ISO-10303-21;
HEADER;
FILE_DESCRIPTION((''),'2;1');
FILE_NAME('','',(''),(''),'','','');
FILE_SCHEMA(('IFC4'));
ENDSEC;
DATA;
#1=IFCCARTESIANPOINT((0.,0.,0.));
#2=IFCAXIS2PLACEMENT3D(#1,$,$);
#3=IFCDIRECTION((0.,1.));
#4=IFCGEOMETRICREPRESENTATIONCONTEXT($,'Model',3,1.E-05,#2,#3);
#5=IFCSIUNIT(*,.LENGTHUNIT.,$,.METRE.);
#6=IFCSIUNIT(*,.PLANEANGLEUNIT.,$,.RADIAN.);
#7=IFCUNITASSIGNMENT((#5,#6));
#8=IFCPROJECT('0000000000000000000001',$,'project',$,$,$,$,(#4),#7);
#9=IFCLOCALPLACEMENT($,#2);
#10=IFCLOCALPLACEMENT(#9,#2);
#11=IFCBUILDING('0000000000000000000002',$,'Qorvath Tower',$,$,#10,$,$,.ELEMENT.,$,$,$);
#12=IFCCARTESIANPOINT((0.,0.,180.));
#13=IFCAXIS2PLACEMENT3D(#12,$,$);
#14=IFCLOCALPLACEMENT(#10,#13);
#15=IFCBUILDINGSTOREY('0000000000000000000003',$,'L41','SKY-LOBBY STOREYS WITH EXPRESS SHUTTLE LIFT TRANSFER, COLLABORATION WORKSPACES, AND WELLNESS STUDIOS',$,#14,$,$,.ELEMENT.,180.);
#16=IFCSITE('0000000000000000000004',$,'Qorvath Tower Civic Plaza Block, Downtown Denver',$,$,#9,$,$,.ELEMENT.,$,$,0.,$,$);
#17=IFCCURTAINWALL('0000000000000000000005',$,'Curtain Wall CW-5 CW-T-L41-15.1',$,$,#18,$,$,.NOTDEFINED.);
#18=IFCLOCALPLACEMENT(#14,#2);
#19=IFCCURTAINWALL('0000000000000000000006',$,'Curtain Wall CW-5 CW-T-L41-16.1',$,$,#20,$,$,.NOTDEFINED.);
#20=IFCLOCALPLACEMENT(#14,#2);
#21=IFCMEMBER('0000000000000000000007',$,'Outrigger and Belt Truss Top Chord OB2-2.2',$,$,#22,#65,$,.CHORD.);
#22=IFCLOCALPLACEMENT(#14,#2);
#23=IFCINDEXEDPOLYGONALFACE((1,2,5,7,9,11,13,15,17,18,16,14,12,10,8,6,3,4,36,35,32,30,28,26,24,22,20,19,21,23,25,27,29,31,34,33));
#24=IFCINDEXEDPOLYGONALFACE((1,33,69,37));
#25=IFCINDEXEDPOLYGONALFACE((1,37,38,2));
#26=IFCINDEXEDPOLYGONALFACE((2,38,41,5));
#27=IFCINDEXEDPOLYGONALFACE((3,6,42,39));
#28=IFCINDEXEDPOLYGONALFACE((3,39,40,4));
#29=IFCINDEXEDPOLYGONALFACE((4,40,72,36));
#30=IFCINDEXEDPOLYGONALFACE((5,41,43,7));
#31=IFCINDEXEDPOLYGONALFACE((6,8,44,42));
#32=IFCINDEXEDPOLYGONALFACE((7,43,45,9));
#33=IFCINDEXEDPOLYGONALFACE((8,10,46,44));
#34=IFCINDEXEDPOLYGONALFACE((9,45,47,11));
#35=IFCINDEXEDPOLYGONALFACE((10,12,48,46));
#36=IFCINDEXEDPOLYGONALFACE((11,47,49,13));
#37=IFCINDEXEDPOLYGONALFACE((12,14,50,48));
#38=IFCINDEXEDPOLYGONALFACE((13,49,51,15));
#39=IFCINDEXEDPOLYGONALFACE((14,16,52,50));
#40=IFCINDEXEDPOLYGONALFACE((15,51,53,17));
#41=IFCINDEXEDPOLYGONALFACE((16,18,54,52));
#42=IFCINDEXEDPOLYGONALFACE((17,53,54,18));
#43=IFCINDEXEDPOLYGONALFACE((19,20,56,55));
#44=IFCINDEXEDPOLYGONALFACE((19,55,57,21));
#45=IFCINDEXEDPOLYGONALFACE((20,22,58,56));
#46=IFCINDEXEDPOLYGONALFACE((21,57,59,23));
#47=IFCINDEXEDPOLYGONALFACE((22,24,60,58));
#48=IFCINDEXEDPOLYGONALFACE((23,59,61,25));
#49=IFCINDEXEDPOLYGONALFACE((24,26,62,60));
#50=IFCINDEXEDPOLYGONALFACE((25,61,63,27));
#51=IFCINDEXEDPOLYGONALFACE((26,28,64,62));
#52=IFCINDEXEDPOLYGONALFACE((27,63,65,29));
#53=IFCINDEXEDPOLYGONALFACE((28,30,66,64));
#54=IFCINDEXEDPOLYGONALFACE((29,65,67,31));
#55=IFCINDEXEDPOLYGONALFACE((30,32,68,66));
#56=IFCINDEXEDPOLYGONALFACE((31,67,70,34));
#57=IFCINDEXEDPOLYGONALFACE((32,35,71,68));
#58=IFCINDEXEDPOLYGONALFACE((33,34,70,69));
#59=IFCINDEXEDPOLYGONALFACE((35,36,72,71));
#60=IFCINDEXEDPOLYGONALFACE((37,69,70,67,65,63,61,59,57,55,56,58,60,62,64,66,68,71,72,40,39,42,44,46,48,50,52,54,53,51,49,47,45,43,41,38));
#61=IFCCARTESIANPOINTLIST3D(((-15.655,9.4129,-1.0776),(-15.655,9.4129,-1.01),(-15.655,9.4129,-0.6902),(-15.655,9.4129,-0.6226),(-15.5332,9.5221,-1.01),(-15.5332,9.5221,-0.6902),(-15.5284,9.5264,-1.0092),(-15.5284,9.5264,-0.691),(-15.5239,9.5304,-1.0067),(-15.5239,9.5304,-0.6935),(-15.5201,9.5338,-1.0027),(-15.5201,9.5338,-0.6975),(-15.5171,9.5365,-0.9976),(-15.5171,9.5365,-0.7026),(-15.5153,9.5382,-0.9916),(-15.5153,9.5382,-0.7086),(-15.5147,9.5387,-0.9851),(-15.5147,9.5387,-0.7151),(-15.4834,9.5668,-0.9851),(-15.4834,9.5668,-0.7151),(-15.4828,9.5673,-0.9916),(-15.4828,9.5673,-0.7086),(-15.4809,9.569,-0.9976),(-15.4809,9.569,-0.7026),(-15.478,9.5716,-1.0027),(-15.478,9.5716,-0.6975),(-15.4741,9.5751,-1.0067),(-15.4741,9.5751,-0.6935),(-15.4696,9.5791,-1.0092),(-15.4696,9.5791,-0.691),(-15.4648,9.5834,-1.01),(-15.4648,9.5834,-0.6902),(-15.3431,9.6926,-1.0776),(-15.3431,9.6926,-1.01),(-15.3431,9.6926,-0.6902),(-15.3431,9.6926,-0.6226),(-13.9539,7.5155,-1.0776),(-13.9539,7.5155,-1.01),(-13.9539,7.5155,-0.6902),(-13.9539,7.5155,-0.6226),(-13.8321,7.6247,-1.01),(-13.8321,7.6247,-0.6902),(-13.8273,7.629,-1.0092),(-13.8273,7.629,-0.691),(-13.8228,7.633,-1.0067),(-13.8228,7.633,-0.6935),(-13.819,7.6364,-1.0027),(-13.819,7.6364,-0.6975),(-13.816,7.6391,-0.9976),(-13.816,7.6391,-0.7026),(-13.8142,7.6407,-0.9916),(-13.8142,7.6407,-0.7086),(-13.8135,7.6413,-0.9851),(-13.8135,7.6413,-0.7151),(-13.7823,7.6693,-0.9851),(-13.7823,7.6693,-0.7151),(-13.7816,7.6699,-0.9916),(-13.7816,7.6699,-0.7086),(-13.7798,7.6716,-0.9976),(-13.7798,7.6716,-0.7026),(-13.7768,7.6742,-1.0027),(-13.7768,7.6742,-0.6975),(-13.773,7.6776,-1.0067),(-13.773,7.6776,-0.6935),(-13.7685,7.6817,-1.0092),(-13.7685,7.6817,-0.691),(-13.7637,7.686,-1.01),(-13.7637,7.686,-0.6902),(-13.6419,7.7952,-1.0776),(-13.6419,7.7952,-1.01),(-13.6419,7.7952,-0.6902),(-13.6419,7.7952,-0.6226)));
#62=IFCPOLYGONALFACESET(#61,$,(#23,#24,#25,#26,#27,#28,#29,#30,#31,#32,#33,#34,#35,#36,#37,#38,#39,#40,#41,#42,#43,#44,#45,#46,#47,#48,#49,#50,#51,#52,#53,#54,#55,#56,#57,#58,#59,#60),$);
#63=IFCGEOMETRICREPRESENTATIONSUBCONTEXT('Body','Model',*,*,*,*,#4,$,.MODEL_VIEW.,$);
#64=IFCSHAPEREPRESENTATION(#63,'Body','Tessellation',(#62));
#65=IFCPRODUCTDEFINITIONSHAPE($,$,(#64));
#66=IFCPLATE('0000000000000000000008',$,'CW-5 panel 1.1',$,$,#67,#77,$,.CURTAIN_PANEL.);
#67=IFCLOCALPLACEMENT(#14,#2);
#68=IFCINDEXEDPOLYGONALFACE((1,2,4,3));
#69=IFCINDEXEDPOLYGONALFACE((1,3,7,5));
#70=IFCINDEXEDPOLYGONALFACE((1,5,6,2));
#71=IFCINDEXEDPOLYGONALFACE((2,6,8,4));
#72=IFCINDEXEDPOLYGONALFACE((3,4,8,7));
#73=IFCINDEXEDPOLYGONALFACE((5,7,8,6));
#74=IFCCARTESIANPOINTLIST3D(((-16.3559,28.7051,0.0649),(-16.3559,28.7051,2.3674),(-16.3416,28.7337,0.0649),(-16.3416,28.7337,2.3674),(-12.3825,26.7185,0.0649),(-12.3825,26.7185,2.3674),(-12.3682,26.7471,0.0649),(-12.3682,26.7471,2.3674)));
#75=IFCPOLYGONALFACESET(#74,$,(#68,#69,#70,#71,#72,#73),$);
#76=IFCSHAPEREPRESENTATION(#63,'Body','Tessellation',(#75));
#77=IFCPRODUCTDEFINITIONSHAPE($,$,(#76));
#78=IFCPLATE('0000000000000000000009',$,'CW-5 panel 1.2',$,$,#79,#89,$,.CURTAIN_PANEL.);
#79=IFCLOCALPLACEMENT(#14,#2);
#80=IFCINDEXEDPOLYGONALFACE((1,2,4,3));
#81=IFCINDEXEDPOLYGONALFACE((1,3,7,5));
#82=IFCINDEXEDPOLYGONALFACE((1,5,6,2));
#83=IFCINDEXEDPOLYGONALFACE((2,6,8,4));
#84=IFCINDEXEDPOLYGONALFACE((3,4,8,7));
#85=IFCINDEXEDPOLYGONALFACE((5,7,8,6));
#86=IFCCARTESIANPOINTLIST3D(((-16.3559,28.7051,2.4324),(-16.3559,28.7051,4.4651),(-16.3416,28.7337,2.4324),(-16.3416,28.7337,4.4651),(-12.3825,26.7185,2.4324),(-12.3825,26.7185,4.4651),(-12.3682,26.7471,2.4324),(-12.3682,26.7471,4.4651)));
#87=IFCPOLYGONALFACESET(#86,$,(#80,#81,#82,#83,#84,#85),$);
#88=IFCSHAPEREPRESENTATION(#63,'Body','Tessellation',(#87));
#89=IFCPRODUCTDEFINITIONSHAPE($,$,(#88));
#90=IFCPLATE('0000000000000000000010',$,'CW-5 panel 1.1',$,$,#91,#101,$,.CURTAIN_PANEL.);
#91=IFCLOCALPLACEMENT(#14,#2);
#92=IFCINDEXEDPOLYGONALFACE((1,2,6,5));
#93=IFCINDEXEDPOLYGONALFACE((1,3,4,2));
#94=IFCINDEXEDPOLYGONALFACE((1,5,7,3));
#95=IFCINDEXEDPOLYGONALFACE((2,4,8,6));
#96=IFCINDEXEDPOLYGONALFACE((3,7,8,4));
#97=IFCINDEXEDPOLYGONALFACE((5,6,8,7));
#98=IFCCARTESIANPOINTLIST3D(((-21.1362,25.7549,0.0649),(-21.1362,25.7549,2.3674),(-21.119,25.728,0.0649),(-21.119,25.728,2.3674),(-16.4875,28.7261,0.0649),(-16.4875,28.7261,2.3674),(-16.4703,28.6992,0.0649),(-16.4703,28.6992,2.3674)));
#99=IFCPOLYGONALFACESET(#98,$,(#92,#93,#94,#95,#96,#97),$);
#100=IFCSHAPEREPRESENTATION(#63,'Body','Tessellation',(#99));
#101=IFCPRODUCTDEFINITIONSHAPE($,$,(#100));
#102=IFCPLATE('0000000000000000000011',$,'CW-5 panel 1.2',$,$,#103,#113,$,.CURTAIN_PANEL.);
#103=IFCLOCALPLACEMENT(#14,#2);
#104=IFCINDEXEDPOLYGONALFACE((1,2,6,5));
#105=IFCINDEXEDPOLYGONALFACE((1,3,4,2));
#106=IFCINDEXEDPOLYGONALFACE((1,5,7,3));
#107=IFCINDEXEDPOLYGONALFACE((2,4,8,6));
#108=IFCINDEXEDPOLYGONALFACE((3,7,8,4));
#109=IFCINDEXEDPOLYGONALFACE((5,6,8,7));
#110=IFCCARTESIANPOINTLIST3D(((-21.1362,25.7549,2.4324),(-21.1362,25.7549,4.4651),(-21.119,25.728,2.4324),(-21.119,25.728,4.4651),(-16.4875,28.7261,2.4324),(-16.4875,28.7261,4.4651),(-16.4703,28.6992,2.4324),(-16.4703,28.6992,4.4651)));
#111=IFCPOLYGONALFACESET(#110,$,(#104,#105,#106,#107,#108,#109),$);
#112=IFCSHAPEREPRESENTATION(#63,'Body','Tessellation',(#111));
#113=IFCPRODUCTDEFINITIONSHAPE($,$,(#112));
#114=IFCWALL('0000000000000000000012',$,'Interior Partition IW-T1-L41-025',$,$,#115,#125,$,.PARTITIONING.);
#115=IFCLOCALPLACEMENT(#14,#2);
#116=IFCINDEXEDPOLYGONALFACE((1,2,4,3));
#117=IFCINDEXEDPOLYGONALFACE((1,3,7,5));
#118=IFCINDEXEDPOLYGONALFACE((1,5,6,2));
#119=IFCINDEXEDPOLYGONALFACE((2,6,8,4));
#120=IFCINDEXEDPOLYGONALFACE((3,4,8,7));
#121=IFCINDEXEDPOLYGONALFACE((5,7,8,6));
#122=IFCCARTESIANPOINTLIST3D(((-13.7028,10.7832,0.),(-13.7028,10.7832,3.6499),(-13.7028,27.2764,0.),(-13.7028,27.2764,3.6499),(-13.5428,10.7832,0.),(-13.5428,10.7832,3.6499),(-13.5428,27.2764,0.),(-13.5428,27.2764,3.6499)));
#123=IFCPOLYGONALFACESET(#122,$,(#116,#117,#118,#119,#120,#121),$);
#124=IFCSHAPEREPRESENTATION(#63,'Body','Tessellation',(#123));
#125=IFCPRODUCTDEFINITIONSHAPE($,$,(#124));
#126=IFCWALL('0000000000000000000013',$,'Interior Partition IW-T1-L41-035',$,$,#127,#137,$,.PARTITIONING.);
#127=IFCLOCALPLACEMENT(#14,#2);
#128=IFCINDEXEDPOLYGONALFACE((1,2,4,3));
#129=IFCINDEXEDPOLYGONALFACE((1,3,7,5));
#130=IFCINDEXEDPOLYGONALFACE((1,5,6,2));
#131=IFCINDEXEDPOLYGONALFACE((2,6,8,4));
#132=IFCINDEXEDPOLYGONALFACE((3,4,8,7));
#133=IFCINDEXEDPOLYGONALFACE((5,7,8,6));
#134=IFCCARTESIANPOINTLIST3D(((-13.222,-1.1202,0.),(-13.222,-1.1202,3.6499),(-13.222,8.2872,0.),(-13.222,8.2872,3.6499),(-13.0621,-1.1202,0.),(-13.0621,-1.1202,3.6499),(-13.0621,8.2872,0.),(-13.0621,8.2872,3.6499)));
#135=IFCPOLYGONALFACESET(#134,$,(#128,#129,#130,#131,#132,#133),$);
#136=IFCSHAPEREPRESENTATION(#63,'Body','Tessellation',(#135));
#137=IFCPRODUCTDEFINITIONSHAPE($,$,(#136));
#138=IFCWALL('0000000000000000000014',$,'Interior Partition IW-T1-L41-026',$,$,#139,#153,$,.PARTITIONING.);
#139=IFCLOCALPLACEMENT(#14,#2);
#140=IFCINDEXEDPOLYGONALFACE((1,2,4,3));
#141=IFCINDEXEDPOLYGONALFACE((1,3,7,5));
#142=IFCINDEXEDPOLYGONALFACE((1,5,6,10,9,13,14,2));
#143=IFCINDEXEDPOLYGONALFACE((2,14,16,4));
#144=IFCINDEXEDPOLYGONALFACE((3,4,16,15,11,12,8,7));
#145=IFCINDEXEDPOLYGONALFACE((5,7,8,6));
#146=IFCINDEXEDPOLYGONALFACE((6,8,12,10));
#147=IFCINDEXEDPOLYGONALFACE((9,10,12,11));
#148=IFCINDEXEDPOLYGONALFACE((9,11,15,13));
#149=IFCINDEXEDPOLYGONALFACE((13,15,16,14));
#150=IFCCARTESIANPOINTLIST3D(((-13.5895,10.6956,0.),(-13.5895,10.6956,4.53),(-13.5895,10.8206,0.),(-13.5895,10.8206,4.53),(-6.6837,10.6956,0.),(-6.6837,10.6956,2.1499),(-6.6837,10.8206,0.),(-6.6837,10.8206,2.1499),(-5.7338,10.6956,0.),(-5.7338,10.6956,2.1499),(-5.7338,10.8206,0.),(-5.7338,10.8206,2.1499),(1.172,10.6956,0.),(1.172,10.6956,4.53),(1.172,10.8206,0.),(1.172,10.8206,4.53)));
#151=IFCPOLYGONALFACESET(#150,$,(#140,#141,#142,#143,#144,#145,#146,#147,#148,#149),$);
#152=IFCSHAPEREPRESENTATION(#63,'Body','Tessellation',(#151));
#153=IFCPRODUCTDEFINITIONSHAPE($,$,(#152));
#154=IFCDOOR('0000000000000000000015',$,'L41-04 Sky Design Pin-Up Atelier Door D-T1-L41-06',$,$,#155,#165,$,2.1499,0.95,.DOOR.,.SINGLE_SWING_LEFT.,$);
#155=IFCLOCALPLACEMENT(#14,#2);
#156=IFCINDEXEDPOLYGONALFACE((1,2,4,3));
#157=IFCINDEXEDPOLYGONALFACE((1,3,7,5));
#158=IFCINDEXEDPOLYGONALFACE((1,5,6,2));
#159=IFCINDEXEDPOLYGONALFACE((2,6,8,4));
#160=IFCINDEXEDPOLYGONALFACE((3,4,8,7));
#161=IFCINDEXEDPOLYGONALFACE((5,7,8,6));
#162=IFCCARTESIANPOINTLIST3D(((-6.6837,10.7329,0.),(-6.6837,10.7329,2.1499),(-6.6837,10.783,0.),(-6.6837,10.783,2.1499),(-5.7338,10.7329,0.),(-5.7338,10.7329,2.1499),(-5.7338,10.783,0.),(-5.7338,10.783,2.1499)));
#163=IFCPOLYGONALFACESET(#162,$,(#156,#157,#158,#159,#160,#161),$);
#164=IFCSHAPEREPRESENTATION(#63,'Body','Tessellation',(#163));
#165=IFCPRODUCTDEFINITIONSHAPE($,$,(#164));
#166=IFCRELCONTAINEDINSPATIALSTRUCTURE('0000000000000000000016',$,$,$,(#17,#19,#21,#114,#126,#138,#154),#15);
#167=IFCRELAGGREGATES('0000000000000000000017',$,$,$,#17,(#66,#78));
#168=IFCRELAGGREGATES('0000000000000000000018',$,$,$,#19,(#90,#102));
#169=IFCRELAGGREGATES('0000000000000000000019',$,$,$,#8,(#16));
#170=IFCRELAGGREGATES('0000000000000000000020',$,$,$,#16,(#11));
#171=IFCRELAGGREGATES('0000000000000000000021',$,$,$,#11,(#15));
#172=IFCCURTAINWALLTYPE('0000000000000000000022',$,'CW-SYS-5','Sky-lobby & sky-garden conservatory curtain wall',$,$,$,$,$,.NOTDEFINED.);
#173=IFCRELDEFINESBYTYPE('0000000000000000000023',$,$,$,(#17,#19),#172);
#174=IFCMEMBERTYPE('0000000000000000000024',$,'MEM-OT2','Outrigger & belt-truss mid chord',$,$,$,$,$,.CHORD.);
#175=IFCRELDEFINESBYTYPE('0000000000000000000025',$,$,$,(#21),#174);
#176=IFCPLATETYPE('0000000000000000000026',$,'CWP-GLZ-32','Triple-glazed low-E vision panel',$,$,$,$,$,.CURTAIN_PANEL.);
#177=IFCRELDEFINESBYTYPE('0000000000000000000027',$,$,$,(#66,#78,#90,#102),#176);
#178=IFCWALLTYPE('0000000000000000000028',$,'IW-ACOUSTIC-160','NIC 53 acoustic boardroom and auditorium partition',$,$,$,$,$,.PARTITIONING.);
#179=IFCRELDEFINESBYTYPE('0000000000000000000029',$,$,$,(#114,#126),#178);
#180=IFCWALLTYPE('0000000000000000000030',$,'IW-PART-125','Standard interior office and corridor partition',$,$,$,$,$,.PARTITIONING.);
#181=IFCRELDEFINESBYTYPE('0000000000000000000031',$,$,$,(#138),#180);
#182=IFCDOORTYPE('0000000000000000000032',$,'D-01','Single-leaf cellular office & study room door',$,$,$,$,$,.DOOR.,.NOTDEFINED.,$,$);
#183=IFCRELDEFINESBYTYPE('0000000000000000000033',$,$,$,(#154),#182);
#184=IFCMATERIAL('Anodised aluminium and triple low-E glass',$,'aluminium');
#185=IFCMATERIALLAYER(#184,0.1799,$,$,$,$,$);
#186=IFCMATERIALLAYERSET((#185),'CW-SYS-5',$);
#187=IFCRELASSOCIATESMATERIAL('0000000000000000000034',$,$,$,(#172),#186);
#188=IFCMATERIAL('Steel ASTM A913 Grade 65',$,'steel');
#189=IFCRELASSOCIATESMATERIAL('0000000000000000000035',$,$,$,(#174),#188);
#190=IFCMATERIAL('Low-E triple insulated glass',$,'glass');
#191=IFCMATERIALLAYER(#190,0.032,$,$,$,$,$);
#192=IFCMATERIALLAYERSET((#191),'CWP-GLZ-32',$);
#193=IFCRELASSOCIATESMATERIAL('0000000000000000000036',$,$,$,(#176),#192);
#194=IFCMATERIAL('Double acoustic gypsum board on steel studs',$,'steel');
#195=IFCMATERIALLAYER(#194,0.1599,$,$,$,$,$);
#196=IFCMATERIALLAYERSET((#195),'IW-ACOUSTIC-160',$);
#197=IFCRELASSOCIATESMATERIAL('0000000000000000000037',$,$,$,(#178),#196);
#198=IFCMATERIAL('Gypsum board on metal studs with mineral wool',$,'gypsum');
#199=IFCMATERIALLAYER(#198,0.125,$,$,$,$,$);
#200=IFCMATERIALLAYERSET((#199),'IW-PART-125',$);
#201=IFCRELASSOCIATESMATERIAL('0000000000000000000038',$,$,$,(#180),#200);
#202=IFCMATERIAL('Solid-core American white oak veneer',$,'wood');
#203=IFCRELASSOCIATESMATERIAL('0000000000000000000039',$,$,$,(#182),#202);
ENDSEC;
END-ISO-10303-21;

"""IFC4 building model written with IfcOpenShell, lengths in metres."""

from ifc_helpers import new_model, si_unit, direction, frame, frame_2d, origin, origin_2d, place, context, subcontext, project, spatial, rectangle, i_section, extrude, material, layer, layer_set, material_profile, profile_set, type_object, element, fill, aggregate, save


model = new_model("IFC4")

# Units and contexts
model_context = context("Model", 3, precision=1e-05, world=origin(), true_north=direction((0.0, 1.0)))
body_context = subcontext(model_context, "Body", "Model", "MODEL_VIEW")
ifc_project = project(units=[si_unit("LENGTHUNIT", "METRE"), si_unit("PLANEANGLEUNIT", "RADIAN")], contexts=[model_context])

# Site, building, storey
site_placement = place(None, origin())
site = spatial("IfcSite", under=ifc_project, at=site_placement, Name="Qorvath Tower Civic Plaza Block, Downtown Denver", CompositionType="ELEMENT", RefElevation=0.0)
building_placement = place(site_placement, origin())
building = spatial("IfcBuilding", under=site, at=building_placement, Name="Qorvath Tower", CompositionType="ELEMENT")
storey_placement = place(building_placement, frame((0.0, 0.0, 180.0)))
storey = spatial("IfcBuildingStorey", under=building, at=storey_placement, Name="L41", Description="SKY-LOBBY STOREYS WITH EXPRESS SHUTTLE LIFT TRANSFER, COLLABORATION WORKSPACES, AND WELLNESS STUDIOS", CompositionType="ELEMENT", Elevation=180.0)

# Shared definitions
ifc_material_1 = material(Name="Anodised aluminium and triple low-E glass", Category="aluminium")
ifc_layer_1 = layer(ifc_material_1, 0.1799)
ifc_layer_set_1 = layer_set([ifc_layer_1], Name="CW-SYS-5")
curtain_wall_type = type_object("IfcCurtainWallType", Name="CW-SYS-5", Description="Sky-lobby & sky-garden conservatory curtain wall", PredefinedType="NOTDEFINED", material=ifc_layer_set_1)

# Curtain wall
curtain_wall_1_placement = place(storey_placement, origin())
curtain_wall_1 = element("IfcCurtainWall", 1, at=curtain_wall_1_placement, inside=storey, type_object=curtain_wall_type, Name="Curtain Wall CW-5 CW-T-L41-15.1", PredefinedType="NOTDEFINED")

# Curtain wall
curtain_wall_2_placement = place(storey_placement, origin())
curtain_wall_2 = element("IfcCurtainWall", 2, at=curtain_wall_2_placement, inside=storey, type_object=curtain_wall_type, Name="Curtain Wall CW-5 CW-T-L41-16.1", PredefinedType="NOTDEFINED")

# Member
ifc_material_2 = material(Name="Steel ASTM A913 Grade 65", Category="steel")
ifc_material_profile_1 = material_profile(ifc_material_2, i_section(OverallWidth=0.4189, OverallDepth=0.4551, WebThickness=0.042, FlangeThickness=0.0676, FilletRadius=0.0249, at=origin_2d()), Name="W14x370")
ifc_profile_set_1 = profile_set([ifc_material_profile_1], Name="Steel ASTM A913 Grade 65")
member_type_1 = type_object("IfcMemberType", Name="MEM-OT2", Description="Outrigger & belt-truss mid chord", PredefinedType="CHORD", material=ifc_profile_set_1)
member_1_placement = place(storey_placement, frame((-15.499, 9.5527, -0.8501), z_axis=(0.667545, -0.744569, 0.0), x_axis=(0.744569, 0.667545, 0.0)))
element("IfcMember", 3, at=member_1_placement, inside=storey, type_object=member_type_1, Name="Outrigger and Belt Truss Top Chord OB2-2.2", PredefinedType="CHORD", context=body_context, shape_type="SweptSolid", body=[
    extrude(i_section(OverallWidth=0.4189, OverallDepth=0.4551, WebThickness=0.042, FlangeThickness=0.0676, FilletRadius=0.0249, at=origin_2d()), origin(), (0.0, 0.0, 1.0), 2.5483),
])

# Plates
ifc_material_3 = material(Name="Low-E triple insulated glass", Category="glass")
ifc_layer_2 = layer(ifc_material_3, 0.032)
ifc_layer_set_2 = layer_set([ifc_layer_2], Name="CWP-GLZ-32")
plate_type = type_object("IfcPlateType", Name="CWP-GLZ-32", Description="Triple-glazed low-E vision panel", PredefinedType="CURTAIN_PANEL", material=ifc_layer_set_2)
plate_1_placement = place(storey_placement, frame((-14.3621, 27.7261, 0.0649), z_axis=(0.0, 0.0, 1.0), x_axis=(-0.89444, 0.447187, 0.0)))
plate_1 = element("IfcPlate", 4, at=plate_1_placement, type_object=plate_type, Name="CW-5 panel 1.1", PredefinedType="CURTAIN_PANEL", context=body_context, shape_type="SweptSolid", body=[
    extrude(rectangle(XDim=4.4424, YDim=0.032, at=origin_2d()), origin(), (0.0, 0.0, 1.0), 2.3025),
])
plate_2_placement = place(storey_placement, frame((-14.3621, 27.7261, 2.4324), z_axis=(0.0, 0.0, 1.0), x_axis=(-0.89444, 0.447187, 0.0)))
plate_2 = element("IfcPlate", 5, at=plate_2_placement, type_object=plate_type, Name="CW-5 panel 1.2", PredefinedType="CURTAIN_PANEL", context=body_context, shape_type="SweptSolid", body=[
    extrude(rectangle(XDim=4.4424, YDim=0.032, at=origin_2d()), origin(), (0.0, 0.0, 1.0), 2.0327),
])
aggregate(curtain_wall_1, [plate_1, plate_2])
plate_3_placement = place(storey_placement, frame((-18.8032, 27.2271, 0.0649), z_axis=(0.0, 0.0, 1.0), x_axis=(-0.842597, -0.538544, 0.0)))
plate_3 = element("IfcPlate", 6, at=plate_3_placement, type_object=plate_type, Name="CW-5 panel 1.1", PredefinedType="CURTAIN_PANEL", context=body_context, shape_type="SweptSolid", body=[
    extrude(rectangle(XDim=5.5171, YDim=0.032, at=origin_2d()), origin(), (0.0, 0.0, 1.0), 2.3025),
])
plate_4_placement = place(storey_placement, frame((-18.8032, 27.2271, 2.4324), z_axis=(0.0, 0.0, 1.0), x_axis=(-0.842597, -0.538544, 0.0)))
plate_4 = element("IfcPlate", 7, at=plate_4_placement, type_object=plate_type, Name="CW-5 panel 1.2", PredefinedType="CURTAIN_PANEL", context=body_context, shape_type="SweptSolid", body=[
    extrude(rectangle(XDim=5.5171, YDim=0.032, at=origin_2d()), origin(), (0.0, 0.0, 1.0), 2.0327),
])
aggregate(curtain_wall_2, [plate_3, plate_4])

# Walls
ifc_material_4 = material(Name="Double acoustic gypsum board on steel studs", Category="steel")
ifc_layer_3 = layer(ifc_material_4, 0.1599)
ifc_layer_set_3 = layer_set([ifc_layer_3], Name="IW-ACOUSTIC-160")
wall_type_1 = type_object("IfcWallType", Name="IW-ACOUSTIC-160", Description="NIC 53 acoustic boardroom and auditorium partition", PredefinedType="PARTITIONING", material=ifc_layer_set_3)
wall_1_placement = place(storey_placement, frame((-13.6228, 10.7832, 0.0), z_axis=(0.0, 0.0, 1.0), x_axis=(0.0, 1.0, 0.0)))
element("IfcWall", 8, at=wall_1_placement, inside=storey, type_object=wall_type_1, Name="Interior Partition IW-T1-L41-025", PredefinedType="PARTITIONING", context=body_context, shape_type="SweptSolid", body=[
    extrude(rectangle(XDim=16.4932, YDim=0.1599, at=frame_2d((8.2466, 0.0))), origin(), (0.0, 0.0, 1.0), 3.6499),
])
wall_2_placement = place(storey_placement, frame((-13.1421, 8.2871, 0.0), z_axis=(0.0, 0.0, 1.0), x_axis=(0.0, -1.0, 0.0)))
element("IfcWall", 9, at=wall_2_placement, inside=storey, type_object=wall_type_1, Name="Interior Partition IW-T1-L41-035", PredefinedType="PARTITIONING", context=body_context, shape_type="SweptSolid", body=[
    extrude(rectangle(XDim=9.4075, YDim=0.1599, at=frame_2d((4.7036, 0.0))), origin(), (0.0, 0.0, 1.0), 3.6499),
])

# Wall, opening, door
ifc_material_5 = material(Name="Gypsum board on metal studs with mineral wool", Category="gypsum")
ifc_layer_4 = layer(ifc_material_5, 0.125)
ifc_layer_set_4 = layer_set([ifc_layer_4], Name="IW-PART-125")
wall_type_2 = type_object("IfcWallType", Name="IW-PART-125", Description="Standard interior office and corridor partition", PredefinedType="PARTITIONING", material=ifc_layer_set_4)
wall_3_placement = place(storey_placement, frame((-13.5896, 10.7581, 0.0), z_axis=(0.0, 0.0, 1.0), x_axis=(1.0, 0.0, 0.0)))
wall_3 = element("IfcWall", 10, at=wall_3_placement, inside=storey, type_object=wall_type_2, Name="Interior Partition IW-T1-L41-026", PredefinedType="PARTITIONING", context=body_context, shape_type="SweptSolid", body=[
    extrude(rectangle(XDim=14.7615, YDim=0.125, at=frame_2d((7.3809, 0.0))), origin(), (0.0, 0.0, 1.0), 4.53),
])
opening_1_placement = place(wall_3_placement, frame((6.9058, 0.0, 0.0)))
opening_1 = element("IfcOpeningElement", 11, at=opening_1_placement, cuts=wall_3, PredefinedType="OPENING", context=body_context, shape_type="SweptSolid", body=[
    extrude(rectangle(XDim=0.95, YDim=2.1499, at=frame_2d((0.4751, 1.075))), frame((0.0, 0.0725, 0.0), z_axis=(0.0, -1.0, 0.0), x_axis=(1.0, 0.0, 0.0)), (0.0, 0.0, 1.0), 0.145),
])
ifc_material_6 = material(Name="Solid-core American white oak veneer", Category="wood")
door_type_1 = type_object("IfcDoorType", Name="D-01", Description="Single-leaf cellular office & study room door", OperationType="NOTDEFINED", PredefinedType="DOOR", material=ifc_material_6)
door_1_placement = place(opening_1_placement, origin())
door_1 = element("IfcDoor", 12, at=door_1_placement, inside=storey, type_object=door_type_1, Name="L41-04 Sky Design Pin-Up Atelier Door D-T1-L41-06", OperationType="SINGLE_SWING_LEFT", OverallHeight=2.1499, OverallWidth=0.95, PredefinedType="DOOR", context=body_context, shape_type="SweptSolid", body=[
    extrude(rectangle(XDim=0.95, YDim=2.1499, at=frame_2d((0.4751, 1.075))), frame((0.0, 0.0249, 0.0), z_axis=(0.0, -1.0, 0.0), x_axis=(1.0, 0.0, 0.0)), (0.0, 0.0, 1.0), 0.05),
])
fill(opening_1, door_1)

save(model, "model.ifc")
